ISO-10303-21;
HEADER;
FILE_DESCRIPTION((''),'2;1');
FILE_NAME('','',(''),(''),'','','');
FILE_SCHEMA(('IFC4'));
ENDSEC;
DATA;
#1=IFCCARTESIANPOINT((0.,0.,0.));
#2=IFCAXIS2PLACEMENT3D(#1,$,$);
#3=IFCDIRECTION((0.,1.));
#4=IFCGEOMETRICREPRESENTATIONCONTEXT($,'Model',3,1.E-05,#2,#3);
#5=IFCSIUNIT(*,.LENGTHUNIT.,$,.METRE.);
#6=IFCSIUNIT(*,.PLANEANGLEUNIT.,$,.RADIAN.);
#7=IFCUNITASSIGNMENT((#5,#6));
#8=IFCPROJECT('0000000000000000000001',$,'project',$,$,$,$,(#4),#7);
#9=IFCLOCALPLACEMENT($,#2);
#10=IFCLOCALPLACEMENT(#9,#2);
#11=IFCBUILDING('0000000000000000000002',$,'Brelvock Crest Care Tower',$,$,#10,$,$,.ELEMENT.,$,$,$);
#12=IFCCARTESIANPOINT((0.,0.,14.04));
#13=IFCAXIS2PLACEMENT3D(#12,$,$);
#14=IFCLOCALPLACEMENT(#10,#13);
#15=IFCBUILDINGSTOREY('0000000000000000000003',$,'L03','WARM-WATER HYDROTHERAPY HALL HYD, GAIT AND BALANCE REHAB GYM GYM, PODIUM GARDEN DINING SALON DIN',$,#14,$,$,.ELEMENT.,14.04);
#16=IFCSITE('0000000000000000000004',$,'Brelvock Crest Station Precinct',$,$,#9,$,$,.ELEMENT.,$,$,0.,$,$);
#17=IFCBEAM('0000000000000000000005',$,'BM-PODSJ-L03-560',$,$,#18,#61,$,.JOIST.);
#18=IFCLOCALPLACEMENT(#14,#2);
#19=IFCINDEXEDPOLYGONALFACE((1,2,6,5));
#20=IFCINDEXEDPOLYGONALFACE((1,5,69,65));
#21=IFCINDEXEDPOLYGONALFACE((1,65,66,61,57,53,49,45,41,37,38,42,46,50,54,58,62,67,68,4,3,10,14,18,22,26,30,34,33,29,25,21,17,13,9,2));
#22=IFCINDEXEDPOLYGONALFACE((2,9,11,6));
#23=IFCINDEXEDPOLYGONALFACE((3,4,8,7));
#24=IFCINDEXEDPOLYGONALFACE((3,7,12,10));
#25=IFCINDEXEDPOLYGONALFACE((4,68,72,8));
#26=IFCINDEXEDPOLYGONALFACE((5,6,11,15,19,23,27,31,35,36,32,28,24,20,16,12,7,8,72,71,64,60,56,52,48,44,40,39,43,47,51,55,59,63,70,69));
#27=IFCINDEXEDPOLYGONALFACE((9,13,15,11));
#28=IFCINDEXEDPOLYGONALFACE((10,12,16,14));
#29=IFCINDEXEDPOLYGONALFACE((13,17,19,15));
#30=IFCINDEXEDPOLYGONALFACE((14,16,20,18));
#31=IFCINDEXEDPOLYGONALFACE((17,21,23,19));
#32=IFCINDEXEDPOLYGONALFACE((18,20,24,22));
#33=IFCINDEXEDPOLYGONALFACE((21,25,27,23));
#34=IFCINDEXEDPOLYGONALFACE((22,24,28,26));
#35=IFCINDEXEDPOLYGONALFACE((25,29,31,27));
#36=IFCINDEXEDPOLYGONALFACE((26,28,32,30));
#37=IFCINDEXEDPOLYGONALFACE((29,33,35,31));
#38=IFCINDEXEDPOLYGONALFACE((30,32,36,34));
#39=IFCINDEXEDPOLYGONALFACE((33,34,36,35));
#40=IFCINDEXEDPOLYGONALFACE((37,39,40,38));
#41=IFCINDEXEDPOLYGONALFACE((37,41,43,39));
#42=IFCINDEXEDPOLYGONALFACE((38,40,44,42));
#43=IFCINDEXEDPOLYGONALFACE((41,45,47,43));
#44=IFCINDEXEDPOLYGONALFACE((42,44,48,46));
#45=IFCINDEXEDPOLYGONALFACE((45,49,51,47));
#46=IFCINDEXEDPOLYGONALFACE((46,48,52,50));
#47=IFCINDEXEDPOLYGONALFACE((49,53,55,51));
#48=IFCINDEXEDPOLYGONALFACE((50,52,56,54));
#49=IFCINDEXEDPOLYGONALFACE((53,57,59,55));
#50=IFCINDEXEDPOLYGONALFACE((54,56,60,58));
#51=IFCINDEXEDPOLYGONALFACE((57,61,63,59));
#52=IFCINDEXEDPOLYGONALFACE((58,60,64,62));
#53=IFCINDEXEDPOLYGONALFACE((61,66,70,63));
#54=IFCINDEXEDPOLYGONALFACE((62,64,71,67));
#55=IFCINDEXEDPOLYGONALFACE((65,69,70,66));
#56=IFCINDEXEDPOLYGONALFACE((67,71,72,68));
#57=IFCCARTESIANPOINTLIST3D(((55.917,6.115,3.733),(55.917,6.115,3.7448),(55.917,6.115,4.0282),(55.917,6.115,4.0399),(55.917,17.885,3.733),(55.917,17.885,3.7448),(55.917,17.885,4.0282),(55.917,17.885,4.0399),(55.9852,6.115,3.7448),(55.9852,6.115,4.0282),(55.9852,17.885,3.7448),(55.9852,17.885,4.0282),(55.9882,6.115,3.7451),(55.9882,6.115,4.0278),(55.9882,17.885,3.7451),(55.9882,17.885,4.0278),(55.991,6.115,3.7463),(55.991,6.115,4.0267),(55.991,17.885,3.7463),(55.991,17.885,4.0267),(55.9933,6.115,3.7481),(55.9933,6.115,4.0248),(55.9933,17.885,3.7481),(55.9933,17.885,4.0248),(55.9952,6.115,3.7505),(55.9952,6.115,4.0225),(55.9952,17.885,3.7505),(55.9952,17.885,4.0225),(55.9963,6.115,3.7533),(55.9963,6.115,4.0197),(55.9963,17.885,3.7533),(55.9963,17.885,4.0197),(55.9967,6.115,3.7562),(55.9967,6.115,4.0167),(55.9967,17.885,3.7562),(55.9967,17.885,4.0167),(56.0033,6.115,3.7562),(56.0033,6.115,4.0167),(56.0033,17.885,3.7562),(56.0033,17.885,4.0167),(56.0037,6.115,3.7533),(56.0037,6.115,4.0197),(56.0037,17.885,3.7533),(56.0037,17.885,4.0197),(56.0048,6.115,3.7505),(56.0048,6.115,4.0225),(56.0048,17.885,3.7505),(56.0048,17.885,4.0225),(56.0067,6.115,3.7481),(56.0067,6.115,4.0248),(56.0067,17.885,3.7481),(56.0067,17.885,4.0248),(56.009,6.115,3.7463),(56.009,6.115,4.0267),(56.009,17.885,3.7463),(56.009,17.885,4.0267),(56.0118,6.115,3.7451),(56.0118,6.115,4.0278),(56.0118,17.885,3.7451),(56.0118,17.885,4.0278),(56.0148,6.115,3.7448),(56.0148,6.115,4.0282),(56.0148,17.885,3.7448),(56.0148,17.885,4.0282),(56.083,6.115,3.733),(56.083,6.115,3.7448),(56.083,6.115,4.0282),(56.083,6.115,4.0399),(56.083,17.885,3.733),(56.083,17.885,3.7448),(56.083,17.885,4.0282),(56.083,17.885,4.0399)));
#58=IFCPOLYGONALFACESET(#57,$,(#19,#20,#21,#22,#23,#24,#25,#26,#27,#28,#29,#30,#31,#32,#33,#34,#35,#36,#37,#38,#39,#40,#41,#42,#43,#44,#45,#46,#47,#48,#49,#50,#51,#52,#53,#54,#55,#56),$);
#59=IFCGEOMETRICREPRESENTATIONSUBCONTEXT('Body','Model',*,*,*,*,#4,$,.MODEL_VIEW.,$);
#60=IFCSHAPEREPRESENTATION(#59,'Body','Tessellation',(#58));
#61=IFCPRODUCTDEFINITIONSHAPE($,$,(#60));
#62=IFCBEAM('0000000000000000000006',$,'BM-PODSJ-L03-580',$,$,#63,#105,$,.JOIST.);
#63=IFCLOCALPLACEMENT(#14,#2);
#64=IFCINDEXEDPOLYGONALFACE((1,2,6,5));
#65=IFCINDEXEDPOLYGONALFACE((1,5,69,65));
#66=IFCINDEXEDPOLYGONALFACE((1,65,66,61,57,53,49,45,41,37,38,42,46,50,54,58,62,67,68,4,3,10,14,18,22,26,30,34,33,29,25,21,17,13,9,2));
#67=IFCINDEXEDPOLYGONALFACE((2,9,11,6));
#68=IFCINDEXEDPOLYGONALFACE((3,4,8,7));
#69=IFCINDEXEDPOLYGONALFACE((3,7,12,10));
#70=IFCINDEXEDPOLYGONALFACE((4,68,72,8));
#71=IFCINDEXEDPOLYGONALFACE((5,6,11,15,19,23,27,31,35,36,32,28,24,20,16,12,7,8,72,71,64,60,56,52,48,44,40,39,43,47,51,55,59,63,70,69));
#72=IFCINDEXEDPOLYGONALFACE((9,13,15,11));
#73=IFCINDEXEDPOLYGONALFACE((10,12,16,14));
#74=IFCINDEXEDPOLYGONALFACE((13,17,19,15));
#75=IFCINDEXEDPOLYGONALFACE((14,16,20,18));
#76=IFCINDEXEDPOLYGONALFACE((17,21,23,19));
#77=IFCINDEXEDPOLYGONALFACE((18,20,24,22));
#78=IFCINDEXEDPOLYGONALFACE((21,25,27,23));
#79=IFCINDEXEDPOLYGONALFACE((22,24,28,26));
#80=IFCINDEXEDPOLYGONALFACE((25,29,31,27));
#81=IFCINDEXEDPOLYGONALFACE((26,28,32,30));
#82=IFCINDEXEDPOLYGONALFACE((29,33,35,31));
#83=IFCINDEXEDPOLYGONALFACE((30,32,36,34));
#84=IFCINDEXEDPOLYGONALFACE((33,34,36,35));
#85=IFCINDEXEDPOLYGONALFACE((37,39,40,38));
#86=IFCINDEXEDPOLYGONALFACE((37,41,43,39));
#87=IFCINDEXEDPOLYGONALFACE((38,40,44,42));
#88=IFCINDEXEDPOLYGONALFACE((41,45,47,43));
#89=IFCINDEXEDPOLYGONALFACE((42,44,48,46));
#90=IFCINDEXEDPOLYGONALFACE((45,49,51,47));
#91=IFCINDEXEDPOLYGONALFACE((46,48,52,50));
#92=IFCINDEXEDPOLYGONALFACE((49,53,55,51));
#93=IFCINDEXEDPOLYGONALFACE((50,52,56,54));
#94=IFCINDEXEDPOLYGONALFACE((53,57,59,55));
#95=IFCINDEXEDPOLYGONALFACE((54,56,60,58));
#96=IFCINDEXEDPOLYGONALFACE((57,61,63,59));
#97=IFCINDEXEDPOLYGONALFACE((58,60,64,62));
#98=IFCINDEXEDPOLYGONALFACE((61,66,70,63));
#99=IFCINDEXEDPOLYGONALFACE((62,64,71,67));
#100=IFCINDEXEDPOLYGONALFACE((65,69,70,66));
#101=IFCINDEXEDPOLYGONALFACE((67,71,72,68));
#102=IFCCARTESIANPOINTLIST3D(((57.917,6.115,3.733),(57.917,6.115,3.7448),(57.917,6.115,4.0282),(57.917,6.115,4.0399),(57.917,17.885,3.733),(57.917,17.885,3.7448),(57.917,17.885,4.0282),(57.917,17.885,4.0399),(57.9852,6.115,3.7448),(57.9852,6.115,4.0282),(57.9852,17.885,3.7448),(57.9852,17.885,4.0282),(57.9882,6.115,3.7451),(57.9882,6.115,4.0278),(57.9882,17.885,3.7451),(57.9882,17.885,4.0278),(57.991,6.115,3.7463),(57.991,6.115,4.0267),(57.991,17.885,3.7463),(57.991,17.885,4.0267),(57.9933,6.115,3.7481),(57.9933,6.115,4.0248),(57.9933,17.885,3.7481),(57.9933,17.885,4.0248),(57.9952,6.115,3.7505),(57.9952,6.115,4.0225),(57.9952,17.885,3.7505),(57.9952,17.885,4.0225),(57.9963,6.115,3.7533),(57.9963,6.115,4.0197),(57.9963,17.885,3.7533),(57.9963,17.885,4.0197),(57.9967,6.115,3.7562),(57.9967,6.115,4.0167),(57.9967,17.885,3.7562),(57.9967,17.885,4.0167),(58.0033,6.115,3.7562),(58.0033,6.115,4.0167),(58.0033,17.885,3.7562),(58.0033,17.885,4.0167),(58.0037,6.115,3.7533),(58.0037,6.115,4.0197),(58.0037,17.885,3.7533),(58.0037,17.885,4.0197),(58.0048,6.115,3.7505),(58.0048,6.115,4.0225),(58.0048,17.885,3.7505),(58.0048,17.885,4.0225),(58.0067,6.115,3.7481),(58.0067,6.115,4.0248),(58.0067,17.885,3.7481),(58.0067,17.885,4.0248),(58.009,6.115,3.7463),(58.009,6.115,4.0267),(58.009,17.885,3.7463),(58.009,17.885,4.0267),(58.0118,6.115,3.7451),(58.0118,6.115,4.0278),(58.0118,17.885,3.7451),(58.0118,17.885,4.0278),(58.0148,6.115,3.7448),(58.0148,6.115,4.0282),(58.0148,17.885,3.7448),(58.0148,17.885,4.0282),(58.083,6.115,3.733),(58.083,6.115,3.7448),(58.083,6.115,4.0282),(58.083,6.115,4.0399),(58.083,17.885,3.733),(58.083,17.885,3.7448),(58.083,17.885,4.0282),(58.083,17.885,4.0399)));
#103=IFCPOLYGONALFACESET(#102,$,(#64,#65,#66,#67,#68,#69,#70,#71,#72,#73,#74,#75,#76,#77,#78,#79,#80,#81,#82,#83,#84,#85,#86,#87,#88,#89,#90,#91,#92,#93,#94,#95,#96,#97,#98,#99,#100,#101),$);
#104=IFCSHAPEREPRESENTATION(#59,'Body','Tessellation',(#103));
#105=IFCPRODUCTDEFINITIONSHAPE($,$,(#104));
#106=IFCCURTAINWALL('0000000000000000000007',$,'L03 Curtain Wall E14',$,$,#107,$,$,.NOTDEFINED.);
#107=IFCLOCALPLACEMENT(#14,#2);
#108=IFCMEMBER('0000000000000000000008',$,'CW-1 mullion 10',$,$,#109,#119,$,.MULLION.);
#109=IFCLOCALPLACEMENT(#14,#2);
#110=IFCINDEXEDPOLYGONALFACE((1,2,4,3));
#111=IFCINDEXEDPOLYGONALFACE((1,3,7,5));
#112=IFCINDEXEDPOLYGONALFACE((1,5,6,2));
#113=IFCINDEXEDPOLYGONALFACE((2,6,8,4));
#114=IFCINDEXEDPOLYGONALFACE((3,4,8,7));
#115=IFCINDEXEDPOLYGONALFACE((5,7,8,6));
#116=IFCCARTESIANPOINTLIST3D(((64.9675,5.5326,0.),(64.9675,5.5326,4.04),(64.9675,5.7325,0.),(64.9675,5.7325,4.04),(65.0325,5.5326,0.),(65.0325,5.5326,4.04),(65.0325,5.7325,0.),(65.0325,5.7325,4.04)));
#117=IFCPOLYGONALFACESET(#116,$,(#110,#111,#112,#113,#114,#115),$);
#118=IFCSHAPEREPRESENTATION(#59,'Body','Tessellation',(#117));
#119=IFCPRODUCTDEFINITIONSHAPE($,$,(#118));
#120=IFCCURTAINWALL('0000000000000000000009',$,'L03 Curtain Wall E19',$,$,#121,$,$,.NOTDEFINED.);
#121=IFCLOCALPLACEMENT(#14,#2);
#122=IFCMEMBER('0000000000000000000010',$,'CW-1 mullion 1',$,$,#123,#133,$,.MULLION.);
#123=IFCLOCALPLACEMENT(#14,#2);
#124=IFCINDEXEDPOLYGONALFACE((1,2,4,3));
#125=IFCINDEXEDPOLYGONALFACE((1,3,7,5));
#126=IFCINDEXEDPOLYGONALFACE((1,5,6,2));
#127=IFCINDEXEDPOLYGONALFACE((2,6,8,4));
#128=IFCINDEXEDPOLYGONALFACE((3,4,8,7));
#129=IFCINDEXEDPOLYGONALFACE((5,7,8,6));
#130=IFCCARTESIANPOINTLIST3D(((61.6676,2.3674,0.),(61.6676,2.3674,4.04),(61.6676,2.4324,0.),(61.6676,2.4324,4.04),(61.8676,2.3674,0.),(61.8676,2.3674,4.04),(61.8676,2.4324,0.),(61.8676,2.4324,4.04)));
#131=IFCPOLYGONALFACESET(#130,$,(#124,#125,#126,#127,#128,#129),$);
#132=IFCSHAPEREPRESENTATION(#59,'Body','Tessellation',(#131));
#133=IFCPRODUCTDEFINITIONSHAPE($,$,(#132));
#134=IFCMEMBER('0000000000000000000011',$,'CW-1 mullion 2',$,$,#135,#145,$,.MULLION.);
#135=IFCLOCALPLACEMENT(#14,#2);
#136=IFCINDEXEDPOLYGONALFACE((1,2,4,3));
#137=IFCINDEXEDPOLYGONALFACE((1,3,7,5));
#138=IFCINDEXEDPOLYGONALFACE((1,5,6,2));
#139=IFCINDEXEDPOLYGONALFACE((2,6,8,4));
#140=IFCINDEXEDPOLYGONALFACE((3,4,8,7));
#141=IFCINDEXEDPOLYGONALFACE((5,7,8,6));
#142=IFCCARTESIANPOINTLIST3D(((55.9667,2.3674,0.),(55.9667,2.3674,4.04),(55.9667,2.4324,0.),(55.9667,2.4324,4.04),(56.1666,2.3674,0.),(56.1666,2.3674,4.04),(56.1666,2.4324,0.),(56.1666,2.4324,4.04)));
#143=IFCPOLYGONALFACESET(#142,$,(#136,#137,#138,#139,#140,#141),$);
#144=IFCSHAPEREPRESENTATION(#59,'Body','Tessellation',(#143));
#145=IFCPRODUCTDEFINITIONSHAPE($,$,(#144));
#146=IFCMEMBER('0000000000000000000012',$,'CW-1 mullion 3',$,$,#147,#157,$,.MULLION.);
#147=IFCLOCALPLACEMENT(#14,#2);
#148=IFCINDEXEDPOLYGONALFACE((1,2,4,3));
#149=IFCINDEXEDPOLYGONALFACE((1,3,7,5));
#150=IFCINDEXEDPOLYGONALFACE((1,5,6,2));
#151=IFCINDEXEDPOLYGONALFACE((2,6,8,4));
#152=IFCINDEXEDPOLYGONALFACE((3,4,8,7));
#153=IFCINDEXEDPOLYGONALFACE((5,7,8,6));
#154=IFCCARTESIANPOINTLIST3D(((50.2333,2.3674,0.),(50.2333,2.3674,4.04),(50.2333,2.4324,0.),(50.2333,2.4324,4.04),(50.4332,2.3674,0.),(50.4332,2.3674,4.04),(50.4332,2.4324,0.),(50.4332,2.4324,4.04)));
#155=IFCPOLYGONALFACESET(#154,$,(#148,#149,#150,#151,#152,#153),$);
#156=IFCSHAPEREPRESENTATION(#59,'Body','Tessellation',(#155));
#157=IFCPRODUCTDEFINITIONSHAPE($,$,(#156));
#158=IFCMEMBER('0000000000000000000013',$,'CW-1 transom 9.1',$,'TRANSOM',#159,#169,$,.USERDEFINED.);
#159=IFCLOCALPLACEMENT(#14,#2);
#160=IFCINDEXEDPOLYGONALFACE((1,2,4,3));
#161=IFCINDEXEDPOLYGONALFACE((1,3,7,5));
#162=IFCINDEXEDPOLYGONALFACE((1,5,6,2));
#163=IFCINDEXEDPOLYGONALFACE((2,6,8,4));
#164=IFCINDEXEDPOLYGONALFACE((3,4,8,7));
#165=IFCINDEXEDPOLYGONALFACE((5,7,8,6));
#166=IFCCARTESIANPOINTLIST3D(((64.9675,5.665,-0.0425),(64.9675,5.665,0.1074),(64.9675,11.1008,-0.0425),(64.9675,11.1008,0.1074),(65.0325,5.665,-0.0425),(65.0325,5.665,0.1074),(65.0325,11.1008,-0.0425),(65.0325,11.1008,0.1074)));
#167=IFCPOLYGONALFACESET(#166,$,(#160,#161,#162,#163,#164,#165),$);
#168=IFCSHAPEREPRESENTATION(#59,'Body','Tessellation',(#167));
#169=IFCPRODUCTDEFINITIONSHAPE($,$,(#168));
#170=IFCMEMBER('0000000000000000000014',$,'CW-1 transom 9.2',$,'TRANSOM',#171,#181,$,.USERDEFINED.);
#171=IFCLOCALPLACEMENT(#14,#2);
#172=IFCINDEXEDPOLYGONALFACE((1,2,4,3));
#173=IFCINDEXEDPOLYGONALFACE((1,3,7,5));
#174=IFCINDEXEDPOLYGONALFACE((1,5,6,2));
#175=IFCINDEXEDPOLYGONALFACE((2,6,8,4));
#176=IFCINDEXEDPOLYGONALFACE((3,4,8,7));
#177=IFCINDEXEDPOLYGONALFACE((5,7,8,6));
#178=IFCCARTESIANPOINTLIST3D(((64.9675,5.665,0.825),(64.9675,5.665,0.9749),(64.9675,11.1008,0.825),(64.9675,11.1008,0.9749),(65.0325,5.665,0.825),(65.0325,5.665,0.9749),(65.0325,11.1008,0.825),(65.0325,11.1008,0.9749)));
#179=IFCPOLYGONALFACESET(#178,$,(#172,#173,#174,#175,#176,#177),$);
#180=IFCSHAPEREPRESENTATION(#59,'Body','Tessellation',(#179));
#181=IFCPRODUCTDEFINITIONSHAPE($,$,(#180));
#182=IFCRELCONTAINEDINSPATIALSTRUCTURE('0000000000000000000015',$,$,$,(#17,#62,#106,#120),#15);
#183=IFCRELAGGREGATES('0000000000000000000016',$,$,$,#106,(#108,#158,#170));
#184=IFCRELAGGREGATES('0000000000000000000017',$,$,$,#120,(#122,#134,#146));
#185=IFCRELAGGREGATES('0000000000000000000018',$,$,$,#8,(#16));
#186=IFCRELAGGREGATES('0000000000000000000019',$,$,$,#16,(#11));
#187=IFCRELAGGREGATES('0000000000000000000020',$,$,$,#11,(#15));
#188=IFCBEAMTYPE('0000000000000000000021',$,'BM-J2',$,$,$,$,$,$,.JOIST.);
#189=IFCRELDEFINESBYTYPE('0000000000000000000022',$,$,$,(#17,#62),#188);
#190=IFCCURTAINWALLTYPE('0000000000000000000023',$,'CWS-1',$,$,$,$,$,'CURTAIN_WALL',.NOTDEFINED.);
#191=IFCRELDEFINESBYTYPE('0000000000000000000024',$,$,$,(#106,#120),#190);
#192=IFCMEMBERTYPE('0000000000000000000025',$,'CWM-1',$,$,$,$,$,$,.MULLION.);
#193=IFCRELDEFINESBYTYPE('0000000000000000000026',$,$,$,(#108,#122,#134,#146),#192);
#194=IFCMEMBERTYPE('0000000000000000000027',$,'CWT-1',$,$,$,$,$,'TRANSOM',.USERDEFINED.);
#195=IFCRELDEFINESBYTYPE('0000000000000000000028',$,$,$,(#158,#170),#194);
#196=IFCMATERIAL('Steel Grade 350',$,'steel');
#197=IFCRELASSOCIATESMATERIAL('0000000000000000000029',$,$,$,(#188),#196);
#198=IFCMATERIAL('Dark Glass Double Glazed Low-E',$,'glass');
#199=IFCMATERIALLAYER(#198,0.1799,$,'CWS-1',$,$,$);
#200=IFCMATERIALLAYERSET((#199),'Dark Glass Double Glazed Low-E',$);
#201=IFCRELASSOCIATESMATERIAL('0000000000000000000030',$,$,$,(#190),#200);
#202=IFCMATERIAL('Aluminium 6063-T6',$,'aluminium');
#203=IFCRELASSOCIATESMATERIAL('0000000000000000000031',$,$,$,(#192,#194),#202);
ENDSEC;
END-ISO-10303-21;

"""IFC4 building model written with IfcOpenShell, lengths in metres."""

from ifc_helpers import new_model, si_unit, direction, frame, origin, origin_2d, place, context, subcontext, project, spatial, rectangle, i_section, extrude, source, transform, mapped, material, layer, layer_set, material_profile, profile_set, type_object, element, aggregate, save


model = new_model("IFC4")

# Units and contexts
model_context = context("Model", 3, precision=1e-05, world=origin(), true_north=direction((0.0, 1.0)))
body_context = subcontext(model_context, "Body", "Model", "MODEL_VIEW")
ifc_project = project(units=[si_unit("LENGTHUNIT", "METRE"), si_unit("PLANEANGLEUNIT", "RADIAN")], contexts=[model_context])

# Site, building, storey
site_placement = place(None, origin())
site = spatial("IfcSite", under=ifc_project, at=site_placement, Name="Brelvock Crest Station Precinct", CompositionType="ELEMENT", RefElevation=0.0)
building_placement = place(site_placement, origin())
building = spatial("IfcBuilding", under=site, at=building_placement, Name="Brelvock Crest Care Tower", CompositionType="ELEMENT")
storey_placement = place(building_placement, frame((0.0, 0.0, 14.04)))
storey = spatial("IfcBuildingStorey", under=building, at=storey_placement, Name="L03", Description="WARM-WATER HYDROTHERAPY HALL HYD, GAIT AND BALANCE REHAB GYM GYM, PODIUM GARDEN DINING SALON DIN", CompositionType="ELEMENT", Elevation=14.04)

# Shared definitions
ifc_material_1 = material(Name="Steel Grade 350", Category="steel")

# Beams
ifc_material_profile_1 = material_profile(ifc_material_1, i_section(OverallWidth=0.166, OverallDepth=0.3069, WebThickness=0.0066, FlangeThickness=0.0117, FilletRadius=0.0115, at=origin_2d()), Name="310UB46.2")
ifc_profile_set_1 = profile_set([ifc_material_profile_1], Name="Steel Grade 350")
beam_type_1 = type_object("IfcBeamType", Name="BM-J2", PredefinedType="JOIST", material=ifc_profile_set_1)
shared_shape_1 = source(origin(), body_context, "Body", "SweptSolid", [
    extrude(i_section(OverallWidth=0.166, OverallDepth=0.3069, WebThickness=0.0066, FlangeThickness=0.0117, FilletRadius=0.0115, at=origin_2d()), origin(), (0.0, 0.0, 1.0), 11.77),
])
for number, where, z_axis, x_axis, name in (
    (1, (56.0, 6.115, 3.8865), (0.0, 1.0, 0.0), (-1.0, 0.0, 0.0), "BM-PODSJ-L03-560"),
    (2, (58.0, 6.115, 3.8865), (0.0, 1.0, 0.0), (-1.0, 0.0, 0.0), "BM-PODSJ-L03-580"),
):
    element("IfcBeam", number, at=place(storey_placement, frame(where, z_axis=z_axis, x_axis=x_axis)), inside=storey, type_object=beam_type_1, Name=name, PredefinedType="JOIST", context=body_context, shape_type="MappedRepresentation", body=[
        mapped(shared_shape_1, transform((0.0, 0.0, 0.0), x_axis=(1.0, 0.0, 0.0), y_axis=(0.0, 1.0, 0.0), z_axis=(0.0, 0.0, 1.0), scale=1.0)),
    ])

# Curtain wall, member
ifc_material_2 = material(Name="Dark Glass Double Glazed Low-E", Category="glass")
ifc_layer_1 = layer(ifc_material_2, 0.1799, Name="CWS-1")
ifc_layer_set_1 = layer_set([ifc_layer_1], Name="Dark Glass Double Glazed Low-E")
curtain_wall_type = type_object("IfcCurtainWallType", Name="CWS-1", ElementType="CURTAIN_WALL", PredefinedType="NOTDEFINED", material=ifc_layer_set_1)
curtain_wall_1_placement = place(storey_placement, origin())
curtain_wall_1 = element("IfcCurtainWall", 3, at=curtain_wall_1_placement, inside=storey, type_object=curtain_wall_type, Name="L03 Curtain Wall E14", PredefinedType="NOTDEFINED")
ifc_material_3 = material(Name="Aluminium 6063-T6", Category="aluminium")
ifc_material_profile_2 = material_profile(ifc_material_3, rectangle(XDim=0.0649, YDim=0.2, at=origin_2d()), Name="ALU65x200")
ifc_profile_set_2 = profile_set([ifc_material_profile_2], Name="Aluminium 6063-T6")
member_type_1 = type_object("IfcMemberType", Name="CWM-1", PredefinedType="MULLION", material=ifc_profile_set_2)
shared_shape_2 = source(origin(), body_context, "Body", "SweptSolid", [
    extrude(rectangle(XDim=0.0649, YDim=0.2, at=origin_2d()), origin(), (0.0, 0.0, 1.0), 4.04),
])
member_1_placement = place(storey_placement, frame((65.0, 5.6326, 0.0), z_axis=(0.0, 0.0, 1.0), x_axis=(1.0, 0.0, 0.0)))
member_1 = element("IfcMember", 4, at=member_1_placement, type_object=member_type_1, Name="CW-1 mullion 10", PredefinedType="MULLION", context=body_context, shape_type="MappedRepresentation", body=[
    mapped(shared_shape_2, transform((0.0, 0.0, 0.0), x_axis=(1.0, 0.0, 0.0), y_axis=(0.0, 1.0, 0.0), z_axis=(0.0, 0.0, 1.0), scale=1.0)),
])

# Curtain wall, members
curtain_wall_2_placement = place(storey_placement, origin())
curtain_wall_2 = element("IfcCurtainWall", 5, at=curtain_wall_2_placement, inside=storey, type_object=curtain_wall_type, Name="L03 Curtain Wall E19", PredefinedType="NOTDEFINED")
member_2_placement = place(storey_placement, frame((61.7676, 2.3999, 0.0), z_axis=(0.0, 0.0, 1.0), x_axis=(0.0, -1.0, 0.0)))
member_2 = element("IfcMember", 6, at=member_2_placement, type_object=member_type_1, Name="CW-1 mullion 1", PredefinedType="MULLION", context=body_context, shape_type="MappedRepresentation", body=[
    mapped(shared_shape_2, transform((0.0, 0.0, 0.0), x_axis=(1.0, 0.0, 0.0), y_axis=(0.0, 1.0, 0.0), z_axis=(0.0, 0.0, 1.0), scale=1.0)),
])
member_3_placement = place(storey_placement, frame((56.0667, 2.3999, 0.0), z_axis=(0.0, 0.0, 1.0), x_axis=(0.0, -1.0, 0.0)))
member_3 = element("IfcMember", 7, at=member_3_placement, type_object=member_type_1, Name="CW-1 mullion 2", PredefinedType="MULLION", context=body_context, shape_type="MappedRepresentation", body=[
    mapped(shared_shape_2, transform((0.0, 0.0, 0.0), x_axis=(1.0, 0.0, 0.0), y_axis=(0.0, 1.0, 0.0), z_axis=(0.0, 0.0, 1.0), scale=1.0)),
])
member_4_placement = place(storey_placement, frame((50.3333, 2.3999, 0.0), z_axis=(0.0, 0.0, 1.0), x_axis=(0.0, -1.0, 0.0)))
member_4 = element("IfcMember", 8, at=member_4_placement, type_object=member_type_1, Name="CW-1 mullion 3", PredefinedType="MULLION", context=body_context, shape_type="MappedRepresentation", body=[
    mapped(shared_shape_2, transform((0.0, 0.0, 0.0), x_axis=(1.0, 0.0, 0.0), y_axis=(0.0, 1.0, 0.0), z_axis=(0.0, 0.0, 1.0), scale=1.0)),
])

# Members
ifc_material_profile_3 = material_profile(ifc_material_3, rectangle(XDim=0.0649, YDim=0.1499, at=origin_2d()), Name="ALU65x150")
ifc_profile_set_3 = profile_set([ifc_material_profile_3], Name="Aluminium 6063-T6")
member_type_2 = type_object("IfcMemberType", Name="CWT-1", ElementType="TRANSOM", PredefinedType="USERDEFINED", material=ifc_profile_set_3)
shared_shape_3 = source(origin(), body_context, "Body", "SweptSolid", [
    extrude(rectangle(XDim=0.0649, YDim=0.1499, at=origin_2d()), origin(), (0.0, 0.0, 1.0), 5.4358),
])
member_5_placement = place(storey_placement, frame((65.0, 11.1008, 0.0325), z_axis=(0.0, -1.0, 0.0), x_axis=(1.0, 0.0, 0.0)))
member_5 = element("IfcMember", 9, at=member_5_placement, type_object=member_type_2, Name="CW-1 transom 9.1", ObjectType="TRANSOM", PredefinedType="USERDEFINED", context=body_context, shape_type="MappedRepresentation", body=[
    mapped(shared_shape_3, transform((0.0, 0.0, 0.0), x_axis=(1.0, 0.0, 0.0), y_axis=(0.0, 1.0, 0.0), z_axis=(0.0, 0.0, 1.0), scale=1.0)),
])
member_6_placement = place(storey_placement, frame((65.0, 11.1008, 0.8999), z_axis=(0.0, -1.0, 0.0), x_axis=(1.0, 0.0, 0.0)))
member_6 = element("IfcMember", 10, at=member_6_placement, type_object=member_type_2, Name="CW-1 transom 9.2", ObjectType="TRANSOM", PredefinedType="USERDEFINED", context=body_context, shape_type="MappedRepresentation", body=[
    mapped(shared_shape_3, transform((0.0, 0.0, 0.0), x_axis=(1.0, 0.0, 0.0), y_axis=(0.0, 1.0, 0.0), z_axis=(0.0, 0.0, 1.0), scale=1.0)),
])

aggregate(curtain_wall_1, [member_1, member_5, member_6])
aggregate(curtain_wall_2, [member_2, member_3, member_4])

save(model, "model.ifc")
